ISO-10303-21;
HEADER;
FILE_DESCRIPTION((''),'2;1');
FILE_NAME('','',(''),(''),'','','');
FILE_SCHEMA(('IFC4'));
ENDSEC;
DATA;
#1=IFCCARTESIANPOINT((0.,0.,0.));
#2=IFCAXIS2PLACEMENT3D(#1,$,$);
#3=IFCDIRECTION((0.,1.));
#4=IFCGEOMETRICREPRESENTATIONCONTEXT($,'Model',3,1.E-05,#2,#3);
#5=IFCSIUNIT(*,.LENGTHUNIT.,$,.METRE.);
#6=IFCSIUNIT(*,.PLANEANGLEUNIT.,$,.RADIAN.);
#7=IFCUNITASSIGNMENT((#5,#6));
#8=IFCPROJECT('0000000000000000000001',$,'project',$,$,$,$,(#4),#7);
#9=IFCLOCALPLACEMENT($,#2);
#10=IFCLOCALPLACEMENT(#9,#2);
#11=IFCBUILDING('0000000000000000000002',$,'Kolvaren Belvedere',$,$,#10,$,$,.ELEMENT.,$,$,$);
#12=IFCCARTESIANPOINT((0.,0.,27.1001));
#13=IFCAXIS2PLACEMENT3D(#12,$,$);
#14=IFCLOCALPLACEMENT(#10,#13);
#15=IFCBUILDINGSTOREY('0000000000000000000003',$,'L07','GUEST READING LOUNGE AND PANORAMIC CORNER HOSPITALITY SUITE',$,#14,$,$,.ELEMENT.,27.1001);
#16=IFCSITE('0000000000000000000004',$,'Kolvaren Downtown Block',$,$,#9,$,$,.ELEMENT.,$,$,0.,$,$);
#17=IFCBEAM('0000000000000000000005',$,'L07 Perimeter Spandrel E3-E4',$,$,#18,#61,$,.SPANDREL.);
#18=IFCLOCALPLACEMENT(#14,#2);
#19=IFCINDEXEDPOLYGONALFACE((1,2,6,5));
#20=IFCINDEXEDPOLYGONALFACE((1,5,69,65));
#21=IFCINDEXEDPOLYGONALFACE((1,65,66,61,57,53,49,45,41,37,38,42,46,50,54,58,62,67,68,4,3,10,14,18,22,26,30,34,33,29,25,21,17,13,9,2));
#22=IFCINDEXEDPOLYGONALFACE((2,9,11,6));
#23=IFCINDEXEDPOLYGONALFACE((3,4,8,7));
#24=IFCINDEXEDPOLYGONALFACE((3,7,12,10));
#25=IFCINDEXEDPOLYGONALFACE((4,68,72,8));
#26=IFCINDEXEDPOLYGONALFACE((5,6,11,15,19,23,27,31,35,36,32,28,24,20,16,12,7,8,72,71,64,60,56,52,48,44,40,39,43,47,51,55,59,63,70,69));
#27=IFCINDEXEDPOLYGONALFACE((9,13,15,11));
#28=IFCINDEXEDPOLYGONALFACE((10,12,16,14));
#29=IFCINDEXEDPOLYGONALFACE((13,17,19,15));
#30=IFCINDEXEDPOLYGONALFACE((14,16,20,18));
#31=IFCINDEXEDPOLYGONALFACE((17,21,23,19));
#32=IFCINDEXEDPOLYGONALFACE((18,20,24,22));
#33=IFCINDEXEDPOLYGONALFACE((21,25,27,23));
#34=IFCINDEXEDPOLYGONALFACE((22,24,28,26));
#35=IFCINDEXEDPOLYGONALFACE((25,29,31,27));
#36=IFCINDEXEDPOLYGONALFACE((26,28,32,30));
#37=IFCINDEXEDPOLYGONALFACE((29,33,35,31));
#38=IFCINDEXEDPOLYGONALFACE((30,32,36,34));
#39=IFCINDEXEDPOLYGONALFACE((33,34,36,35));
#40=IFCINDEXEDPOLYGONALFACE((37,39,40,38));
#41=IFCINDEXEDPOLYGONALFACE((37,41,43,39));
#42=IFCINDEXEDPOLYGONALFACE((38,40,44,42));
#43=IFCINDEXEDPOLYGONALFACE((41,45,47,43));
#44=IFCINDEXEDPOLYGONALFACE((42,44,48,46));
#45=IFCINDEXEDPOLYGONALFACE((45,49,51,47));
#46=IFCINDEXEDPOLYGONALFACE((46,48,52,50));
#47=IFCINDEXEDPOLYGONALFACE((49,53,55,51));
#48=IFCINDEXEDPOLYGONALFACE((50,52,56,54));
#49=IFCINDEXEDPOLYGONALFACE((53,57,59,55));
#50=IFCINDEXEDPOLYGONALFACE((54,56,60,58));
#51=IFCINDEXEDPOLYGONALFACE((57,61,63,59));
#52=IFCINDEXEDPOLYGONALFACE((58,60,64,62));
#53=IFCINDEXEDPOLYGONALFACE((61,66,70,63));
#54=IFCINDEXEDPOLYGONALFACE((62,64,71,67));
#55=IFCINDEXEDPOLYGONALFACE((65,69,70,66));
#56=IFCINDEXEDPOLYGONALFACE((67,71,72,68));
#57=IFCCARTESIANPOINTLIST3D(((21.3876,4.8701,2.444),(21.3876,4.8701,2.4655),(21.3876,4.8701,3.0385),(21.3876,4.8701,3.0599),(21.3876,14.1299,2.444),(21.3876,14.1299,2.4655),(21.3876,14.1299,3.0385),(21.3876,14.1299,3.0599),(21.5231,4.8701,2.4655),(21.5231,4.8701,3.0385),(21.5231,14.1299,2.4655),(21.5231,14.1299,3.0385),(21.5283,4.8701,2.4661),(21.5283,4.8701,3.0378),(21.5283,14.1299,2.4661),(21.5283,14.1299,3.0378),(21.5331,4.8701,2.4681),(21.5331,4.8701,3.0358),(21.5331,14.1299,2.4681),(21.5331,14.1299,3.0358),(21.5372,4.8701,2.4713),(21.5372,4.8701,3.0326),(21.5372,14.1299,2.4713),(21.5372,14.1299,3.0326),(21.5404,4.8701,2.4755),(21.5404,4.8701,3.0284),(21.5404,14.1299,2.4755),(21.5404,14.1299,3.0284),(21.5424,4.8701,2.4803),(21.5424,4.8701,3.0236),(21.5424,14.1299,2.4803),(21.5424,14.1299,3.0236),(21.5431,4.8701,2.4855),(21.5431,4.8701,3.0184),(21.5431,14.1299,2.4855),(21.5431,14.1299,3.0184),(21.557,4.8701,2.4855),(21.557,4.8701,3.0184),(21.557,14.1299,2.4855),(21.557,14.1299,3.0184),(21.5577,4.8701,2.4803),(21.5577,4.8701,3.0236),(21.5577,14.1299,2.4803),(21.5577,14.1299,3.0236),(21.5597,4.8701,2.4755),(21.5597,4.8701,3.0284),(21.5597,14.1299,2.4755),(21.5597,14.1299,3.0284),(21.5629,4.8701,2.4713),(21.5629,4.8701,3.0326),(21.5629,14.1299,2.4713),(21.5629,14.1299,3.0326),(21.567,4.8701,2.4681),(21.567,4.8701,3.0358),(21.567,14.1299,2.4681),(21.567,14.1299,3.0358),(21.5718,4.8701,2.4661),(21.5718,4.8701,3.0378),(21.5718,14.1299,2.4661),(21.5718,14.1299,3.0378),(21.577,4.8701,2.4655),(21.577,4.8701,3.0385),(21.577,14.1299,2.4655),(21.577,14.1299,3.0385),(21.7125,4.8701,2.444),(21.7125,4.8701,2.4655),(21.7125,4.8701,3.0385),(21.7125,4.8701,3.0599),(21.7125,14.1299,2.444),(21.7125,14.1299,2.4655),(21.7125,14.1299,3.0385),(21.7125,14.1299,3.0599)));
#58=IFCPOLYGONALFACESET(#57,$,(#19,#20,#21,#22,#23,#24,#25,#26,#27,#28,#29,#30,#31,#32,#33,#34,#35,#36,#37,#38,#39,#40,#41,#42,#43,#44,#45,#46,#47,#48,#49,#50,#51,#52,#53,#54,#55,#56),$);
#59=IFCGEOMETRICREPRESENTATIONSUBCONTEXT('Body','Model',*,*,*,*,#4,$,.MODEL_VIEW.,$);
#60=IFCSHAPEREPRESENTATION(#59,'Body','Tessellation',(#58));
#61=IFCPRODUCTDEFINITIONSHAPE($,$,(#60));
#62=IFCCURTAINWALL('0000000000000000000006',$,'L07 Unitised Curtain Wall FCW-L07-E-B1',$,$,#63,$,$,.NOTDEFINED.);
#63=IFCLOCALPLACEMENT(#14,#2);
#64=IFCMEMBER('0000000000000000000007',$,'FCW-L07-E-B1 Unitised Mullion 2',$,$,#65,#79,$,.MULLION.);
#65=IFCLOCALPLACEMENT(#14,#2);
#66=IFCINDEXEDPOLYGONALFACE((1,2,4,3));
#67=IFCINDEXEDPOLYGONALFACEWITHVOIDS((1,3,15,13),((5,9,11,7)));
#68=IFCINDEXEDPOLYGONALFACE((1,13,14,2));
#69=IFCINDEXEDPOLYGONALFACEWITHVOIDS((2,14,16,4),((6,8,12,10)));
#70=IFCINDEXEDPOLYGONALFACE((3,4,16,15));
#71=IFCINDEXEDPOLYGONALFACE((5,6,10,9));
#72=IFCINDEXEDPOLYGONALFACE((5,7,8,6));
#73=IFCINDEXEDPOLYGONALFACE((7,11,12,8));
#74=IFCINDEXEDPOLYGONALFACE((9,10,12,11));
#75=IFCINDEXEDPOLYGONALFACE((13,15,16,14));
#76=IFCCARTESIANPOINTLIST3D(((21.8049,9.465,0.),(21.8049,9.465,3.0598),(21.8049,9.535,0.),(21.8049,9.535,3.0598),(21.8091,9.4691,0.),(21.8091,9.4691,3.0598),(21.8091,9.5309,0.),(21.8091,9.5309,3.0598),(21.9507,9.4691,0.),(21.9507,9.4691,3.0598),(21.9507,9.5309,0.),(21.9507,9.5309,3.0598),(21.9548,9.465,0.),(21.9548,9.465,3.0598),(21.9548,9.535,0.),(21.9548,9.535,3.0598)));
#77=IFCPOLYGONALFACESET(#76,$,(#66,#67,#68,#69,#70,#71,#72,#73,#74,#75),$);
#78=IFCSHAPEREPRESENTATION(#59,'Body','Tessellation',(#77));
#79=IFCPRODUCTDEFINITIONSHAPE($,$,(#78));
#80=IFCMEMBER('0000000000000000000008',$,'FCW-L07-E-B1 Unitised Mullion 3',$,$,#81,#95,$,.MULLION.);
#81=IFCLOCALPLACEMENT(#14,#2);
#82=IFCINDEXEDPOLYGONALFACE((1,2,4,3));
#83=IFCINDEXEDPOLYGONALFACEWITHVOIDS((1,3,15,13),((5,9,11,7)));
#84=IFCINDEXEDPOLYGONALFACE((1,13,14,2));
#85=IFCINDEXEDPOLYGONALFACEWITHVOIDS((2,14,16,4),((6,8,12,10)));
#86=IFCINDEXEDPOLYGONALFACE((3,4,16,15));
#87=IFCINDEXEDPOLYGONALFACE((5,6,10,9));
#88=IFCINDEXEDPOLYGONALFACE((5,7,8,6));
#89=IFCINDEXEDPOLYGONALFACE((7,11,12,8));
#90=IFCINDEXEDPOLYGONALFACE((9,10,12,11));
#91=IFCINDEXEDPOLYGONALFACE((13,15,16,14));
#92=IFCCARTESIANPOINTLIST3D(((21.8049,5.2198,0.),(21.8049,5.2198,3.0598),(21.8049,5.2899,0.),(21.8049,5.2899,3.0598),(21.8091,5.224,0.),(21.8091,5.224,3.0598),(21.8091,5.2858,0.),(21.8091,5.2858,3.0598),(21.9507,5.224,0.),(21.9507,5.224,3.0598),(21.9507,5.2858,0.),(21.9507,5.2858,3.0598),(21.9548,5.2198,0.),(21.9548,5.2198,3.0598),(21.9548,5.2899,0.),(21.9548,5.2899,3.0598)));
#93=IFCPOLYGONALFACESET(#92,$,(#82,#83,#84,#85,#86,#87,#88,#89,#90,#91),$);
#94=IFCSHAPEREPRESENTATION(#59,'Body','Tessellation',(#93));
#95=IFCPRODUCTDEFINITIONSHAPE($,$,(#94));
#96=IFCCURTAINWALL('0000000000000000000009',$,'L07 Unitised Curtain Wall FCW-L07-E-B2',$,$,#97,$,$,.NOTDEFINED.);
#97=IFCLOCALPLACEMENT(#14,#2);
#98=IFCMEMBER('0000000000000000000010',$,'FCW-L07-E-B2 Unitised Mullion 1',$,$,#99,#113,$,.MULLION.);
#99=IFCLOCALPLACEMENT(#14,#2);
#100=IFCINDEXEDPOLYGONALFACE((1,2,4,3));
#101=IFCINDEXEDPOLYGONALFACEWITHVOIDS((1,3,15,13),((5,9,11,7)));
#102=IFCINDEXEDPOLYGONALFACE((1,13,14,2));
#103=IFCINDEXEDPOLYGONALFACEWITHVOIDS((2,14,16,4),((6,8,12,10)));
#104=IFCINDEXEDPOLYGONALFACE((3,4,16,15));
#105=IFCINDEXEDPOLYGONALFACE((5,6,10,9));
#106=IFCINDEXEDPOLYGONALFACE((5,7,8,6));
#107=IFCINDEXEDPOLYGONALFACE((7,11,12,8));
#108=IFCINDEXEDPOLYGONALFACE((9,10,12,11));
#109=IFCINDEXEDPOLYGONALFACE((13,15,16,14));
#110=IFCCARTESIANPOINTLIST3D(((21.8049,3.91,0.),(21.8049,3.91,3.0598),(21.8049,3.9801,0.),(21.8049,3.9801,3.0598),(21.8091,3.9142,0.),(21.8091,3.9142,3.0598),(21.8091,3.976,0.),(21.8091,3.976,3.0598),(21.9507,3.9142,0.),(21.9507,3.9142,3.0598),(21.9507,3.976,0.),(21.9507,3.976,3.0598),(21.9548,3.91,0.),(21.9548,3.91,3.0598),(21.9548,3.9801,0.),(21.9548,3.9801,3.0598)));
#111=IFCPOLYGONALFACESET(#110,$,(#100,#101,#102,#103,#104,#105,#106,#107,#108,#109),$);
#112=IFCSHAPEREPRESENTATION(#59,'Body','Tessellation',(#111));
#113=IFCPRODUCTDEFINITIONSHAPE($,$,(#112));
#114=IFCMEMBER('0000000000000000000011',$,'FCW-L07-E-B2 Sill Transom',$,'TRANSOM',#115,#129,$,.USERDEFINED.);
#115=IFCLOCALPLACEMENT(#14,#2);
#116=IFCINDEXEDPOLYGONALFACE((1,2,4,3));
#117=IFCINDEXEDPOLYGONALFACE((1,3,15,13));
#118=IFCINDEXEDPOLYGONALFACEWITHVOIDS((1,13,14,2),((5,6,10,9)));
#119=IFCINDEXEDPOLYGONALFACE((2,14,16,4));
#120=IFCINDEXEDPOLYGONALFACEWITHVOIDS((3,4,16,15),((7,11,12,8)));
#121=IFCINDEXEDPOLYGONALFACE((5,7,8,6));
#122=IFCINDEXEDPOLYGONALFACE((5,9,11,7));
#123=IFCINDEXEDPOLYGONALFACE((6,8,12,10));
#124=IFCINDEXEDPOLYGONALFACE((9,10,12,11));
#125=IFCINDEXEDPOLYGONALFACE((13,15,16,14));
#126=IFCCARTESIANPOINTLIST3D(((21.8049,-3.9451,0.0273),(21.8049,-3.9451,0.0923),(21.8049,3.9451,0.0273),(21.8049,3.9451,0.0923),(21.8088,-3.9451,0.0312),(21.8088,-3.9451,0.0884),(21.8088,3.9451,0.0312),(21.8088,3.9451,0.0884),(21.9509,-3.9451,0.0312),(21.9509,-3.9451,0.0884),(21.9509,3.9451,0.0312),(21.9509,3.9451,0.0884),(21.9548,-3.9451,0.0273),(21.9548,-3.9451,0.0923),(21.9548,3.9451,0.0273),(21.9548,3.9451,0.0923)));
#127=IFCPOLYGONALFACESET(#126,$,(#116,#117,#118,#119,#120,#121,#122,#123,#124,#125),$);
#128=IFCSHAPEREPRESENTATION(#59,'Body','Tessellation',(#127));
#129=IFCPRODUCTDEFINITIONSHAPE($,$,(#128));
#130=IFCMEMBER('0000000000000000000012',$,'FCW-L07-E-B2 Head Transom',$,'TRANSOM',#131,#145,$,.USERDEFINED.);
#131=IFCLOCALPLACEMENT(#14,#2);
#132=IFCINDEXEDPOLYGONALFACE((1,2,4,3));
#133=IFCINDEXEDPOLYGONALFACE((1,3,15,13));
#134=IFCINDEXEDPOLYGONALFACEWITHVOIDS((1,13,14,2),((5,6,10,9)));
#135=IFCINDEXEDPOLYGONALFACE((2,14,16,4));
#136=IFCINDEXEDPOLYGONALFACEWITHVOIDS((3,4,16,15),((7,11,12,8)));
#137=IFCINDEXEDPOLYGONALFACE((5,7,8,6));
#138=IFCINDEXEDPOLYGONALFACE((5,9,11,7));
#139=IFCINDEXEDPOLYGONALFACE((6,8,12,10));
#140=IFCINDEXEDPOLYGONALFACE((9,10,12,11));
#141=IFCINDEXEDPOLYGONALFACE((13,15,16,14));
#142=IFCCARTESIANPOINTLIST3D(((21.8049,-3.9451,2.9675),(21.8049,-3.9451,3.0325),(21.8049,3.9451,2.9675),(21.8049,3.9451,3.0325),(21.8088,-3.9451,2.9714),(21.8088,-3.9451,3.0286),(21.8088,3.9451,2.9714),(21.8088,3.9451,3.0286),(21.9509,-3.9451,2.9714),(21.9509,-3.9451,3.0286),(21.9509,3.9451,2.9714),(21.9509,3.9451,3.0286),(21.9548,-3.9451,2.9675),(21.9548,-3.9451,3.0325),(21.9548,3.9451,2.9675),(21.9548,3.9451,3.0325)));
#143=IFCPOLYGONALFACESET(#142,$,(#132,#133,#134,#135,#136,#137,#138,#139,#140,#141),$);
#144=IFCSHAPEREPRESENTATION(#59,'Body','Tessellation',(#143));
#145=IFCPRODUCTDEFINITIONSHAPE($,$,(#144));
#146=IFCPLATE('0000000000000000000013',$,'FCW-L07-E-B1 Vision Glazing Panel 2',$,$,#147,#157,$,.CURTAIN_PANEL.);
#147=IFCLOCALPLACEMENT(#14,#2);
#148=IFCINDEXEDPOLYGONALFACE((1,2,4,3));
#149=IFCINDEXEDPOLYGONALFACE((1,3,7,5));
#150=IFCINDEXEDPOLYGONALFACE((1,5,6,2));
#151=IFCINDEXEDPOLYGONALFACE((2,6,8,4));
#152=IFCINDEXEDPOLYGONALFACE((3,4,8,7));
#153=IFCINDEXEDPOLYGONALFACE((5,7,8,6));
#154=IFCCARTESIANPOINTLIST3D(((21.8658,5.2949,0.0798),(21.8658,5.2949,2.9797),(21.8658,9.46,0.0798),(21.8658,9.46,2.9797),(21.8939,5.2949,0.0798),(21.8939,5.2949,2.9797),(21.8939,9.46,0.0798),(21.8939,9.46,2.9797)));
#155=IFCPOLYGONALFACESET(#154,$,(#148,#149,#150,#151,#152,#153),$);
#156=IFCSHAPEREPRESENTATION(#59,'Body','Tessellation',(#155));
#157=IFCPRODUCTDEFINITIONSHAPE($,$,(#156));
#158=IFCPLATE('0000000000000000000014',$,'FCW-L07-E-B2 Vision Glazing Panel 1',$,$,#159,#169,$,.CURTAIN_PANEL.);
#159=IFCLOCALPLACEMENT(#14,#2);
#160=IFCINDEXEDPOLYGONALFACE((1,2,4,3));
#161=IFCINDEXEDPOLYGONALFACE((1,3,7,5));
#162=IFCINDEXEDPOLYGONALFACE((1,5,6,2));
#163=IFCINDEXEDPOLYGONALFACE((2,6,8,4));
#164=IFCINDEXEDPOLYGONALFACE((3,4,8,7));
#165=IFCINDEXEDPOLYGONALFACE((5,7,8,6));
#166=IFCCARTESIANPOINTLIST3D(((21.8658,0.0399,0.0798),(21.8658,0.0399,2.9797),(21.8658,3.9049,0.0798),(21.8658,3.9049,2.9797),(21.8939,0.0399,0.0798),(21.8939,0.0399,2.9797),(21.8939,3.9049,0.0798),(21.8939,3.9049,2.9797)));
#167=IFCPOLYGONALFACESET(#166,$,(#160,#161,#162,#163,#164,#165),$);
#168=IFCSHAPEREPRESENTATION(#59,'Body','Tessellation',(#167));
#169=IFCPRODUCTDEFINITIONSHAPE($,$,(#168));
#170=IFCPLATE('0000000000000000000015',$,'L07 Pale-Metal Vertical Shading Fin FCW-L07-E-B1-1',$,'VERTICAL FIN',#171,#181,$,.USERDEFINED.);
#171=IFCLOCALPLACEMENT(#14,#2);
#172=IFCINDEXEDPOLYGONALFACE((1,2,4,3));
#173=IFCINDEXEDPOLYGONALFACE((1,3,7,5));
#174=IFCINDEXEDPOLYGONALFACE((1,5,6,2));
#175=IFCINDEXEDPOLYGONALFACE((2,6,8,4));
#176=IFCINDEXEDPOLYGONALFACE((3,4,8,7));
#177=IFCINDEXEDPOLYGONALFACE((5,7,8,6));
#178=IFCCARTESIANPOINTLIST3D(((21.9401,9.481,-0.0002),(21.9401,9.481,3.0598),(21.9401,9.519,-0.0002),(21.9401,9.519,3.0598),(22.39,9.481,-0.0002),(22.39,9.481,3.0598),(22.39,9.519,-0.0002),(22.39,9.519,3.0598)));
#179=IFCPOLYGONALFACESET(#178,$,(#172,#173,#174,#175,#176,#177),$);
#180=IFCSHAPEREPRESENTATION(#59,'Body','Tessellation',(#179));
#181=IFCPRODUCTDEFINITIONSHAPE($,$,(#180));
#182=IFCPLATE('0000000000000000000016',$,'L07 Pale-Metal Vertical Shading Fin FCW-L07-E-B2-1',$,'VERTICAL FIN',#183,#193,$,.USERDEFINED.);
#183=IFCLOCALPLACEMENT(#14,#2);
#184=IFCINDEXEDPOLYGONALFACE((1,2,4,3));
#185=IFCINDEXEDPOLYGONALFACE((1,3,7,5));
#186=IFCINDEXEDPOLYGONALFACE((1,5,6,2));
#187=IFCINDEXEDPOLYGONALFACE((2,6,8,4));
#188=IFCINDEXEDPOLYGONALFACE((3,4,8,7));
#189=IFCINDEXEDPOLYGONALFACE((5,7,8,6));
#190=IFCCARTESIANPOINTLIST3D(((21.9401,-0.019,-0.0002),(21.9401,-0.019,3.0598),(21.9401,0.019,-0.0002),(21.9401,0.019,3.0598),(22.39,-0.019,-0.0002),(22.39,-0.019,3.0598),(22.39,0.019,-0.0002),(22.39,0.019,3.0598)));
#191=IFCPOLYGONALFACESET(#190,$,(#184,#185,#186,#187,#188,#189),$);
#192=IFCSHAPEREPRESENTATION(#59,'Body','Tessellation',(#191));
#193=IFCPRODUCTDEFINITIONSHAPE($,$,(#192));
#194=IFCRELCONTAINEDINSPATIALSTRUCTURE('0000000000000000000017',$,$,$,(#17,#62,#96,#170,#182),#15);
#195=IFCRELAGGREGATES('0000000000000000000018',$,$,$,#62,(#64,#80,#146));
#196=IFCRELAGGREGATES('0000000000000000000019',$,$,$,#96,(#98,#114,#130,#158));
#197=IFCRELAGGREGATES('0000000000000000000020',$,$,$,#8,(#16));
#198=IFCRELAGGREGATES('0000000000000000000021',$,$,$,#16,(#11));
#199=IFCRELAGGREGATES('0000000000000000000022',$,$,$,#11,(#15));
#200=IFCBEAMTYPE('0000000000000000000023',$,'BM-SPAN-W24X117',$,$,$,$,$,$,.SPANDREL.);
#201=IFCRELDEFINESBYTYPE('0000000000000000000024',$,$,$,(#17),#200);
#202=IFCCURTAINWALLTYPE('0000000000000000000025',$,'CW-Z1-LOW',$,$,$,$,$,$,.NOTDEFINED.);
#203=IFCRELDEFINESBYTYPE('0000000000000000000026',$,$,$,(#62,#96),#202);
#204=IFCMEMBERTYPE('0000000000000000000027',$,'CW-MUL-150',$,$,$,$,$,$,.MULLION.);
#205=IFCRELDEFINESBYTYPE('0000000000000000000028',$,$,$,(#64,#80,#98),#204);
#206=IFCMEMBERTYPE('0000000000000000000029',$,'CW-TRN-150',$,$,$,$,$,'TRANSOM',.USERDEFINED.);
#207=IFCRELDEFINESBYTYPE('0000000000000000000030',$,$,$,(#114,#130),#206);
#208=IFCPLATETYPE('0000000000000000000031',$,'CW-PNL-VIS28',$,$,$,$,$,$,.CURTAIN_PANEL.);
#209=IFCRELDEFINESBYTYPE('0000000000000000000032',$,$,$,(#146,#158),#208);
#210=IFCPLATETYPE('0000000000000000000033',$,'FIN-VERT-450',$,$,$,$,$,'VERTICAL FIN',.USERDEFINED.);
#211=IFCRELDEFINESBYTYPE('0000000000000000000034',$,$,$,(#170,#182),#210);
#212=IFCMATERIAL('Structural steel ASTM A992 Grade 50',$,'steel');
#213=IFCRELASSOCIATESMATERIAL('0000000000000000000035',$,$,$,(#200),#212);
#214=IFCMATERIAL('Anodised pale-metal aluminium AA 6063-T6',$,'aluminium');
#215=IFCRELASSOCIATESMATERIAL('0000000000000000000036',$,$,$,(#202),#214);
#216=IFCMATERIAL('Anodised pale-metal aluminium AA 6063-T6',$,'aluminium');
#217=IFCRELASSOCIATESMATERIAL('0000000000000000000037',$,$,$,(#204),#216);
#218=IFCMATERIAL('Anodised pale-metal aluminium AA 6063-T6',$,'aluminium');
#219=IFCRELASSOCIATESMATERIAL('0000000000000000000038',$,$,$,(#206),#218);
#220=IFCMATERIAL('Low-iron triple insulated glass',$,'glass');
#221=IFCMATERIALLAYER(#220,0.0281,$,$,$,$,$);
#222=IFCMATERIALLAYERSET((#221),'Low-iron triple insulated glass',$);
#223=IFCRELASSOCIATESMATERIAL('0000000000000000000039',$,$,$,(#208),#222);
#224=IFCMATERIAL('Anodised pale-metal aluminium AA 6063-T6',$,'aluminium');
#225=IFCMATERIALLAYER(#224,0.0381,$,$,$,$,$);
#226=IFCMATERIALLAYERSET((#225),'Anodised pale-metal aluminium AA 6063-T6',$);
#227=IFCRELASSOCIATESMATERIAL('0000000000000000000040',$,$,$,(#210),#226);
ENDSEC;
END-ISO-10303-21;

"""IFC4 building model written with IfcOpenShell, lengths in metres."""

from ifc_helpers import new_model, si_unit, direction, frame, origin, origin_2d, place, context, subcontext, project, spatial, rectangle, hollow_rectangle, i_section, extrude, material, layer, layer_set, material_profile, profile_set, type_object, element, aggregate, save


model = new_model("IFC4")

# Units and contexts
model_context = context("Model", 3, precision=1e-05, world=origin(), true_north=direction((0.0, 1.0)))
body_context = subcontext(model_context, "Body", "Model", "MODEL_VIEW")
ifc_project = project(units=[si_unit("LENGTHUNIT", "METRE"), si_unit("PLANEANGLEUNIT", "RADIAN")], contexts=[model_context])

# Site, building, storey
site_placement = place(None, origin())
site = spatial("IfcSite", under=ifc_project, at=site_placement, Name="Kolvaren Downtown Block", CompositionType="ELEMENT", RefElevation=0.0)
building_placement = place(site_placement, origin())
building = spatial("IfcBuilding", under=site, at=building_placement, Name="Kolvaren Belvedere", CompositionType="ELEMENT")
storey_placement = place(building_placement, frame((0.0, 0.0, 27.1001)))
storey = spatial("IfcBuildingStorey", under=building, at=storey_placement, Name="L07", Description="GUEST READING LOUNGE AND PANORAMIC CORNER HOSPITALITY SUITE", CompositionType="ELEMENT", Elevation=27.1001)

# Beam
ifc_material_1 = material(Name="Structural steel ASTM A992 Grade 50", Category="steel")
ifc_material_profile_1 = material_profile(ifc_material_1, i_section(OverallWidth=0.325, OverallDepth=0.616, WebThickness=0.0139, FlangeThickness=0.0215, FilletRadius=0.02, at=origin_2d()), Name="W24X117")
ifc_profile_set_1 = profile_set([ifc_material_profile_1], Name="Structural steel ASTM A992 Grade 50")
beam_type_1 = type_object("IfcBeamType", Name="BM-SPAN-W24X117", PredefinedType="SPANDREL", material=ifc_profile_set_1)
beam_1_placement = place(storey_placement, frame((21.55, 4.8701, 2.752), z_axis=(0.0, 1.0, 0.0), x_axis=(-1.0, 0.0, 0.0)))
element("IfcBeam", 1, at=beam_1_placement, inside=storey, type_object=beam_type_1, Name="L07 Perimeter Spandrel E3-E4", PredefinedType="SPANDREL", context=body_context, shape_type="SweptSolid", body=[
    extrude(i_section(OverallWidth=0.325, OverallDepth=0.616, WebThickness=0.0139, FlangeThickness=0.0215, FilletRadius=0.02, at=origin_2d()), origin(), (0.0, 0.0, 1.0), 9.2598),
])

# Curtain walls, members
ifc_material_2 = material(Name="Anodised pale-metal aluminium AA 6063-T6", Category="aluminium")
curtain_wall_type = type_object("IfcCurtainWallType", Name="CW-Z1-LOW", PredefinedType="NOTDEFINED", material=ifc_material_2)
curtain_wall_1_placement = place(storey_placement, origin())
curtain_wall_1 = element("IfcCurtainWall", 2, at=curtain_wall_1_placement, inside=storey, type_object=curtain_wall_type, Name="L07 Unitised Curtain Wall FCW-L07-E-B1", PredefinedType="NOTDEFINED")
ifc_material_3 = material(Name="Anodised pale-metal aluminium AA 6063-T6", Category="aluminium")
ifc_material_profile_2 = material_profile(ifc_material_3, hollow_rectangle(XDim=0.0701, YDim=0.1499, WallThickness=0.0042, at=origin_2d()), Name="ALU-MUL-150X70")
ifc_profile_set_2 = profile_set([ifc_material_profile_2], Name="Anodised pale-metal aluminium AA 6063-T6")
member_type_1 = type_object("IfcMemberType", Name="CW-MUL-150", PredefinedType="MULLION", material=ifc_profile_set_2)
member_1_placement = place(storey_placement, frame((21.8799, 9.5, 0.0), z_axis=(0.0, 0.0, 1.0), x_axis=(0.0, 1.0, 0.0)))
member_1 = element("IfcMember", 3, at=member_1_placement, type_object=member_type_1, Name="FCW-L07-E-B1 Unitised Mullion 2", PredefinedType="MULLION", context=body_context, shape_type="SweptSolid", body=[
    extrude(hollow_rectangle(XDim=0.0701, YDim=0.1499, WallThickness=0.0042, at=origin_2d()), origin(), (0.0, 0.0, 1.0), 3.0598),
])
member_2_placement = place(storey_placement, frame((21.8799, 5.2549, 0.0), z_axis=(0.0, 0.0, 1.0), x_axis=(0.0, 1.0, 0.0)))
member_2 = element("IfcMember", 4, at=member_2_placement, type_object=member_type_1, Name="FCW-L07-E-B1 Unitised Mullion 3", PredefinedType="MULLION", context=body_context, shape_type="SweptSolid", body=[
    extrude(hollow_rectangle(XDim=0.0701, YDim=0.1499, WallThickness=0.0042, at=origin_2d()), origin(), (0.0, 0.0, 1.0), 3.0598),
])
curtain_wall_2_placement = place(storey_placement, origin())
curtain_wall_2 = element("IfcCurtainWall", 5, at=curtain_wall_2_placement, inside=storey, type_object=curtain_wall_type, Name="L07 Unitised Curtain Wall FCW-L07-E-B2", PredefinedType="NOTDEFINED")
member_3_placement = place(storey_placement, frame((21.8799, 3.9451, 0.0), z_axis=(0.0, 0.0, 1.0), x_axis=(0.0, 1.0, 0.0)))
member_3 = element("IfcMember", 6, at=member_3_placement, type_object=member_type_1, Name="FCW-L07-E-B2 Unitised Mullion 1", PredefinedType="MULLION", context=body_context, shape_type="SweptSolid", body=[
    extrude(hollow_rectangle(XDim=0.0701, YDim=0.1499, WallThickness=0.0042, at=origin_2d()), origin(), (0.0, 0.0, 1.0), 3.0598),
])
ifc_material_4 = material(Name="Anodised pale-metal aluminium AA 6063-T6", Category="aluminium")
ifc_material_profile_3 = material_profile(ifc_material_4, hollow_rectangle(XDim=0.0649, YDim=0.1499, WallThickness=0.0039, at=origin_2d()), Name="ALU-TRN-150X65")
ifc_profile_set_3 = profile_set([ifc_material_profile_3], Name="Anodised pale-metal aluminium AA 6063-T6")
member_type_2 = type_object("IfcMemberType", Name="CW-TRN-150", ElementType="TRANSOM", PredefinedType="USERDEFINED", material=ifc_profile_set_3)
member_4_placement = place(storey_placement, frame((21.8799, 3.9451, 0.0598), z_axis=(0.0, -1.0, 0.0), x_axis=(0.0, 0.0, 1.0)))
member_4 = element("IfcMember", 7, at=member_4_placement, type_object=member_type_2, Name="FCW-L07-E-B2 Sill Transom", ObjectType="TRANSOM", PredefinedType="USERDEFINED", context=body_context, shape_type="SweptSolid", body=[
    extrude(hollow_rectangle(XDim=0.0649, YDim=0.1499, WallThickness=0.0039, at=origin_2d()), origin(), (0.0, 0.0, 1.0), 7.8901),
])
member_5_placement = place(storey_placement, frame((21.8799, 3.9451, 3.0), z_axis=(0.0, -1.0, 0.0), x_axis=(0.0, 0.0, 1.0)))
member_5 = element("IfcMember", 8, at=member_5_placement, type_object=member_type_2, Name="FCW-L07-E-B2 Head Transom", ObjectType="TRANSOM", PredefinedType="USERDEFINED", context=body_context, shape_type="SweptSolid", body=[
    extrude(hollow_rectangle(XDim=0.0649, YDim=0.1499, WallThickness=0.0039, at=origin_2d()), origin(), (0.0, 0.0, 1.0), 7.8901),
])

# Plates
ifc_material_5 = material(Name="Low-iron triple insulated glass", Category="glass")
ifc_layer_1 = layer(ifc_material_5, 0.0281)
ifc_layer_set_1 = layer_set([ifc_layer_1], Name="Low-iron triple insulated glass")
plate_type_1 = type_object("IfcPlateType", Name="CW-PNL-VIS28", PredefinedType="CURTAIN_PANEL", material=ifc_layer_set_1)
plate_1_placement = place(storey_placement, frame((21.8799, 7.3774, 0.0798), z_axis=(0.0, 0.0, 1.0), x_axis=(0.0, -1.0, 0.0)))
plate_1 = element("IfcPlate", 9, at=plate_1_placement, type_object=plate_type_1, Name="FCW-L07-E-B1 Vision Glazing Panel 2", PredefinedType="CURTAIN_PANEL", context=body_context, shape_type="SweptSolid", body=[
    extrude(rectangle(XDim=4.165, YDim=0.0281, at=origin_2d()), origin(), (0.0, 0.0, 1.0), 2.8999),
])
aggregate(curtain_wall_1, [member_1, member_2, plate_1])
plate_2_placement = place(storey_placement, frame((21.8799, 1.9724, 0.0798), z_axis=(0.0, 0.0, 1.0), x_axis=(0.0, -1.0, 0.0)))
plate_2 = element("IfcPlate", 10, at=plate_2_placement, type_object=plate_type_1, Name="FCW-L07-E-B2 Vision Glazing Panel 1", PredefinedType="CURTAIN_PANEL", context=body_context, shape_type="SweptSolid", body=[
    extrude(rectangle(XDim=3.865, YDim=0.0281, at=origin_2d()), origin(), (0.0, 0.0, 1.0), 2.8999),
])
aggregate(curtain_wall_2, [member_3, member_4, member_5, plate_2])

# Plates
ifc_material_6 = material(Name="Anodised pale-metal aluminium AA 6063-T6", Category="aluminium")
ifc_layer_2 = layer(ifc_material_6, 0.0381)
ifc_layer_set_2 = layer_set([ifc_layer_2], Name="Anodised pale-metal aluminium AA 6063-T6")
plate_type_2 = type_object("IfcPlateType", Name="FIN-VERT-450", ElementType="VERTICAL FIN", PredefinedType="USERDEFINED", material=ifc_layer_set_2)
for number, where, z_axis, x_axis, name in (
    (11, (22.165, 9.5, -0.0002), (0.0, 0.0, 1.0), (1.0, 0.0, 0.0), "L07 Pale-Metal Vertical Shading Fin FCW-L07-E-B1-1"),
    (12, (22.165, 0.0, -0.0002), (0.0, 0.0, 1.0), (1.0, 0.0, 0.0), "L07 Pale-Metal Vertical Shading Fin FCW-L07-E-B2-1"),
):
    element("IfcPlate", number, at=place(storey_placement, frame(where, z_axis=z_axis, x_axis=x_axis)), inside=storey, type_object=plate_type_2, Name=name, ObjectType="VERTICAL FIN", PredefinedType="USERDEFINED", context=body_context, shape_type="SweptSolid", body=[
        extrude(rectangle(XDim=0.45, YDim=0.0381, at=origin_2d()), origin(), (0.0, 0.0, 1.0), 3.0601),
    ])

save(model, "model.ifc")
